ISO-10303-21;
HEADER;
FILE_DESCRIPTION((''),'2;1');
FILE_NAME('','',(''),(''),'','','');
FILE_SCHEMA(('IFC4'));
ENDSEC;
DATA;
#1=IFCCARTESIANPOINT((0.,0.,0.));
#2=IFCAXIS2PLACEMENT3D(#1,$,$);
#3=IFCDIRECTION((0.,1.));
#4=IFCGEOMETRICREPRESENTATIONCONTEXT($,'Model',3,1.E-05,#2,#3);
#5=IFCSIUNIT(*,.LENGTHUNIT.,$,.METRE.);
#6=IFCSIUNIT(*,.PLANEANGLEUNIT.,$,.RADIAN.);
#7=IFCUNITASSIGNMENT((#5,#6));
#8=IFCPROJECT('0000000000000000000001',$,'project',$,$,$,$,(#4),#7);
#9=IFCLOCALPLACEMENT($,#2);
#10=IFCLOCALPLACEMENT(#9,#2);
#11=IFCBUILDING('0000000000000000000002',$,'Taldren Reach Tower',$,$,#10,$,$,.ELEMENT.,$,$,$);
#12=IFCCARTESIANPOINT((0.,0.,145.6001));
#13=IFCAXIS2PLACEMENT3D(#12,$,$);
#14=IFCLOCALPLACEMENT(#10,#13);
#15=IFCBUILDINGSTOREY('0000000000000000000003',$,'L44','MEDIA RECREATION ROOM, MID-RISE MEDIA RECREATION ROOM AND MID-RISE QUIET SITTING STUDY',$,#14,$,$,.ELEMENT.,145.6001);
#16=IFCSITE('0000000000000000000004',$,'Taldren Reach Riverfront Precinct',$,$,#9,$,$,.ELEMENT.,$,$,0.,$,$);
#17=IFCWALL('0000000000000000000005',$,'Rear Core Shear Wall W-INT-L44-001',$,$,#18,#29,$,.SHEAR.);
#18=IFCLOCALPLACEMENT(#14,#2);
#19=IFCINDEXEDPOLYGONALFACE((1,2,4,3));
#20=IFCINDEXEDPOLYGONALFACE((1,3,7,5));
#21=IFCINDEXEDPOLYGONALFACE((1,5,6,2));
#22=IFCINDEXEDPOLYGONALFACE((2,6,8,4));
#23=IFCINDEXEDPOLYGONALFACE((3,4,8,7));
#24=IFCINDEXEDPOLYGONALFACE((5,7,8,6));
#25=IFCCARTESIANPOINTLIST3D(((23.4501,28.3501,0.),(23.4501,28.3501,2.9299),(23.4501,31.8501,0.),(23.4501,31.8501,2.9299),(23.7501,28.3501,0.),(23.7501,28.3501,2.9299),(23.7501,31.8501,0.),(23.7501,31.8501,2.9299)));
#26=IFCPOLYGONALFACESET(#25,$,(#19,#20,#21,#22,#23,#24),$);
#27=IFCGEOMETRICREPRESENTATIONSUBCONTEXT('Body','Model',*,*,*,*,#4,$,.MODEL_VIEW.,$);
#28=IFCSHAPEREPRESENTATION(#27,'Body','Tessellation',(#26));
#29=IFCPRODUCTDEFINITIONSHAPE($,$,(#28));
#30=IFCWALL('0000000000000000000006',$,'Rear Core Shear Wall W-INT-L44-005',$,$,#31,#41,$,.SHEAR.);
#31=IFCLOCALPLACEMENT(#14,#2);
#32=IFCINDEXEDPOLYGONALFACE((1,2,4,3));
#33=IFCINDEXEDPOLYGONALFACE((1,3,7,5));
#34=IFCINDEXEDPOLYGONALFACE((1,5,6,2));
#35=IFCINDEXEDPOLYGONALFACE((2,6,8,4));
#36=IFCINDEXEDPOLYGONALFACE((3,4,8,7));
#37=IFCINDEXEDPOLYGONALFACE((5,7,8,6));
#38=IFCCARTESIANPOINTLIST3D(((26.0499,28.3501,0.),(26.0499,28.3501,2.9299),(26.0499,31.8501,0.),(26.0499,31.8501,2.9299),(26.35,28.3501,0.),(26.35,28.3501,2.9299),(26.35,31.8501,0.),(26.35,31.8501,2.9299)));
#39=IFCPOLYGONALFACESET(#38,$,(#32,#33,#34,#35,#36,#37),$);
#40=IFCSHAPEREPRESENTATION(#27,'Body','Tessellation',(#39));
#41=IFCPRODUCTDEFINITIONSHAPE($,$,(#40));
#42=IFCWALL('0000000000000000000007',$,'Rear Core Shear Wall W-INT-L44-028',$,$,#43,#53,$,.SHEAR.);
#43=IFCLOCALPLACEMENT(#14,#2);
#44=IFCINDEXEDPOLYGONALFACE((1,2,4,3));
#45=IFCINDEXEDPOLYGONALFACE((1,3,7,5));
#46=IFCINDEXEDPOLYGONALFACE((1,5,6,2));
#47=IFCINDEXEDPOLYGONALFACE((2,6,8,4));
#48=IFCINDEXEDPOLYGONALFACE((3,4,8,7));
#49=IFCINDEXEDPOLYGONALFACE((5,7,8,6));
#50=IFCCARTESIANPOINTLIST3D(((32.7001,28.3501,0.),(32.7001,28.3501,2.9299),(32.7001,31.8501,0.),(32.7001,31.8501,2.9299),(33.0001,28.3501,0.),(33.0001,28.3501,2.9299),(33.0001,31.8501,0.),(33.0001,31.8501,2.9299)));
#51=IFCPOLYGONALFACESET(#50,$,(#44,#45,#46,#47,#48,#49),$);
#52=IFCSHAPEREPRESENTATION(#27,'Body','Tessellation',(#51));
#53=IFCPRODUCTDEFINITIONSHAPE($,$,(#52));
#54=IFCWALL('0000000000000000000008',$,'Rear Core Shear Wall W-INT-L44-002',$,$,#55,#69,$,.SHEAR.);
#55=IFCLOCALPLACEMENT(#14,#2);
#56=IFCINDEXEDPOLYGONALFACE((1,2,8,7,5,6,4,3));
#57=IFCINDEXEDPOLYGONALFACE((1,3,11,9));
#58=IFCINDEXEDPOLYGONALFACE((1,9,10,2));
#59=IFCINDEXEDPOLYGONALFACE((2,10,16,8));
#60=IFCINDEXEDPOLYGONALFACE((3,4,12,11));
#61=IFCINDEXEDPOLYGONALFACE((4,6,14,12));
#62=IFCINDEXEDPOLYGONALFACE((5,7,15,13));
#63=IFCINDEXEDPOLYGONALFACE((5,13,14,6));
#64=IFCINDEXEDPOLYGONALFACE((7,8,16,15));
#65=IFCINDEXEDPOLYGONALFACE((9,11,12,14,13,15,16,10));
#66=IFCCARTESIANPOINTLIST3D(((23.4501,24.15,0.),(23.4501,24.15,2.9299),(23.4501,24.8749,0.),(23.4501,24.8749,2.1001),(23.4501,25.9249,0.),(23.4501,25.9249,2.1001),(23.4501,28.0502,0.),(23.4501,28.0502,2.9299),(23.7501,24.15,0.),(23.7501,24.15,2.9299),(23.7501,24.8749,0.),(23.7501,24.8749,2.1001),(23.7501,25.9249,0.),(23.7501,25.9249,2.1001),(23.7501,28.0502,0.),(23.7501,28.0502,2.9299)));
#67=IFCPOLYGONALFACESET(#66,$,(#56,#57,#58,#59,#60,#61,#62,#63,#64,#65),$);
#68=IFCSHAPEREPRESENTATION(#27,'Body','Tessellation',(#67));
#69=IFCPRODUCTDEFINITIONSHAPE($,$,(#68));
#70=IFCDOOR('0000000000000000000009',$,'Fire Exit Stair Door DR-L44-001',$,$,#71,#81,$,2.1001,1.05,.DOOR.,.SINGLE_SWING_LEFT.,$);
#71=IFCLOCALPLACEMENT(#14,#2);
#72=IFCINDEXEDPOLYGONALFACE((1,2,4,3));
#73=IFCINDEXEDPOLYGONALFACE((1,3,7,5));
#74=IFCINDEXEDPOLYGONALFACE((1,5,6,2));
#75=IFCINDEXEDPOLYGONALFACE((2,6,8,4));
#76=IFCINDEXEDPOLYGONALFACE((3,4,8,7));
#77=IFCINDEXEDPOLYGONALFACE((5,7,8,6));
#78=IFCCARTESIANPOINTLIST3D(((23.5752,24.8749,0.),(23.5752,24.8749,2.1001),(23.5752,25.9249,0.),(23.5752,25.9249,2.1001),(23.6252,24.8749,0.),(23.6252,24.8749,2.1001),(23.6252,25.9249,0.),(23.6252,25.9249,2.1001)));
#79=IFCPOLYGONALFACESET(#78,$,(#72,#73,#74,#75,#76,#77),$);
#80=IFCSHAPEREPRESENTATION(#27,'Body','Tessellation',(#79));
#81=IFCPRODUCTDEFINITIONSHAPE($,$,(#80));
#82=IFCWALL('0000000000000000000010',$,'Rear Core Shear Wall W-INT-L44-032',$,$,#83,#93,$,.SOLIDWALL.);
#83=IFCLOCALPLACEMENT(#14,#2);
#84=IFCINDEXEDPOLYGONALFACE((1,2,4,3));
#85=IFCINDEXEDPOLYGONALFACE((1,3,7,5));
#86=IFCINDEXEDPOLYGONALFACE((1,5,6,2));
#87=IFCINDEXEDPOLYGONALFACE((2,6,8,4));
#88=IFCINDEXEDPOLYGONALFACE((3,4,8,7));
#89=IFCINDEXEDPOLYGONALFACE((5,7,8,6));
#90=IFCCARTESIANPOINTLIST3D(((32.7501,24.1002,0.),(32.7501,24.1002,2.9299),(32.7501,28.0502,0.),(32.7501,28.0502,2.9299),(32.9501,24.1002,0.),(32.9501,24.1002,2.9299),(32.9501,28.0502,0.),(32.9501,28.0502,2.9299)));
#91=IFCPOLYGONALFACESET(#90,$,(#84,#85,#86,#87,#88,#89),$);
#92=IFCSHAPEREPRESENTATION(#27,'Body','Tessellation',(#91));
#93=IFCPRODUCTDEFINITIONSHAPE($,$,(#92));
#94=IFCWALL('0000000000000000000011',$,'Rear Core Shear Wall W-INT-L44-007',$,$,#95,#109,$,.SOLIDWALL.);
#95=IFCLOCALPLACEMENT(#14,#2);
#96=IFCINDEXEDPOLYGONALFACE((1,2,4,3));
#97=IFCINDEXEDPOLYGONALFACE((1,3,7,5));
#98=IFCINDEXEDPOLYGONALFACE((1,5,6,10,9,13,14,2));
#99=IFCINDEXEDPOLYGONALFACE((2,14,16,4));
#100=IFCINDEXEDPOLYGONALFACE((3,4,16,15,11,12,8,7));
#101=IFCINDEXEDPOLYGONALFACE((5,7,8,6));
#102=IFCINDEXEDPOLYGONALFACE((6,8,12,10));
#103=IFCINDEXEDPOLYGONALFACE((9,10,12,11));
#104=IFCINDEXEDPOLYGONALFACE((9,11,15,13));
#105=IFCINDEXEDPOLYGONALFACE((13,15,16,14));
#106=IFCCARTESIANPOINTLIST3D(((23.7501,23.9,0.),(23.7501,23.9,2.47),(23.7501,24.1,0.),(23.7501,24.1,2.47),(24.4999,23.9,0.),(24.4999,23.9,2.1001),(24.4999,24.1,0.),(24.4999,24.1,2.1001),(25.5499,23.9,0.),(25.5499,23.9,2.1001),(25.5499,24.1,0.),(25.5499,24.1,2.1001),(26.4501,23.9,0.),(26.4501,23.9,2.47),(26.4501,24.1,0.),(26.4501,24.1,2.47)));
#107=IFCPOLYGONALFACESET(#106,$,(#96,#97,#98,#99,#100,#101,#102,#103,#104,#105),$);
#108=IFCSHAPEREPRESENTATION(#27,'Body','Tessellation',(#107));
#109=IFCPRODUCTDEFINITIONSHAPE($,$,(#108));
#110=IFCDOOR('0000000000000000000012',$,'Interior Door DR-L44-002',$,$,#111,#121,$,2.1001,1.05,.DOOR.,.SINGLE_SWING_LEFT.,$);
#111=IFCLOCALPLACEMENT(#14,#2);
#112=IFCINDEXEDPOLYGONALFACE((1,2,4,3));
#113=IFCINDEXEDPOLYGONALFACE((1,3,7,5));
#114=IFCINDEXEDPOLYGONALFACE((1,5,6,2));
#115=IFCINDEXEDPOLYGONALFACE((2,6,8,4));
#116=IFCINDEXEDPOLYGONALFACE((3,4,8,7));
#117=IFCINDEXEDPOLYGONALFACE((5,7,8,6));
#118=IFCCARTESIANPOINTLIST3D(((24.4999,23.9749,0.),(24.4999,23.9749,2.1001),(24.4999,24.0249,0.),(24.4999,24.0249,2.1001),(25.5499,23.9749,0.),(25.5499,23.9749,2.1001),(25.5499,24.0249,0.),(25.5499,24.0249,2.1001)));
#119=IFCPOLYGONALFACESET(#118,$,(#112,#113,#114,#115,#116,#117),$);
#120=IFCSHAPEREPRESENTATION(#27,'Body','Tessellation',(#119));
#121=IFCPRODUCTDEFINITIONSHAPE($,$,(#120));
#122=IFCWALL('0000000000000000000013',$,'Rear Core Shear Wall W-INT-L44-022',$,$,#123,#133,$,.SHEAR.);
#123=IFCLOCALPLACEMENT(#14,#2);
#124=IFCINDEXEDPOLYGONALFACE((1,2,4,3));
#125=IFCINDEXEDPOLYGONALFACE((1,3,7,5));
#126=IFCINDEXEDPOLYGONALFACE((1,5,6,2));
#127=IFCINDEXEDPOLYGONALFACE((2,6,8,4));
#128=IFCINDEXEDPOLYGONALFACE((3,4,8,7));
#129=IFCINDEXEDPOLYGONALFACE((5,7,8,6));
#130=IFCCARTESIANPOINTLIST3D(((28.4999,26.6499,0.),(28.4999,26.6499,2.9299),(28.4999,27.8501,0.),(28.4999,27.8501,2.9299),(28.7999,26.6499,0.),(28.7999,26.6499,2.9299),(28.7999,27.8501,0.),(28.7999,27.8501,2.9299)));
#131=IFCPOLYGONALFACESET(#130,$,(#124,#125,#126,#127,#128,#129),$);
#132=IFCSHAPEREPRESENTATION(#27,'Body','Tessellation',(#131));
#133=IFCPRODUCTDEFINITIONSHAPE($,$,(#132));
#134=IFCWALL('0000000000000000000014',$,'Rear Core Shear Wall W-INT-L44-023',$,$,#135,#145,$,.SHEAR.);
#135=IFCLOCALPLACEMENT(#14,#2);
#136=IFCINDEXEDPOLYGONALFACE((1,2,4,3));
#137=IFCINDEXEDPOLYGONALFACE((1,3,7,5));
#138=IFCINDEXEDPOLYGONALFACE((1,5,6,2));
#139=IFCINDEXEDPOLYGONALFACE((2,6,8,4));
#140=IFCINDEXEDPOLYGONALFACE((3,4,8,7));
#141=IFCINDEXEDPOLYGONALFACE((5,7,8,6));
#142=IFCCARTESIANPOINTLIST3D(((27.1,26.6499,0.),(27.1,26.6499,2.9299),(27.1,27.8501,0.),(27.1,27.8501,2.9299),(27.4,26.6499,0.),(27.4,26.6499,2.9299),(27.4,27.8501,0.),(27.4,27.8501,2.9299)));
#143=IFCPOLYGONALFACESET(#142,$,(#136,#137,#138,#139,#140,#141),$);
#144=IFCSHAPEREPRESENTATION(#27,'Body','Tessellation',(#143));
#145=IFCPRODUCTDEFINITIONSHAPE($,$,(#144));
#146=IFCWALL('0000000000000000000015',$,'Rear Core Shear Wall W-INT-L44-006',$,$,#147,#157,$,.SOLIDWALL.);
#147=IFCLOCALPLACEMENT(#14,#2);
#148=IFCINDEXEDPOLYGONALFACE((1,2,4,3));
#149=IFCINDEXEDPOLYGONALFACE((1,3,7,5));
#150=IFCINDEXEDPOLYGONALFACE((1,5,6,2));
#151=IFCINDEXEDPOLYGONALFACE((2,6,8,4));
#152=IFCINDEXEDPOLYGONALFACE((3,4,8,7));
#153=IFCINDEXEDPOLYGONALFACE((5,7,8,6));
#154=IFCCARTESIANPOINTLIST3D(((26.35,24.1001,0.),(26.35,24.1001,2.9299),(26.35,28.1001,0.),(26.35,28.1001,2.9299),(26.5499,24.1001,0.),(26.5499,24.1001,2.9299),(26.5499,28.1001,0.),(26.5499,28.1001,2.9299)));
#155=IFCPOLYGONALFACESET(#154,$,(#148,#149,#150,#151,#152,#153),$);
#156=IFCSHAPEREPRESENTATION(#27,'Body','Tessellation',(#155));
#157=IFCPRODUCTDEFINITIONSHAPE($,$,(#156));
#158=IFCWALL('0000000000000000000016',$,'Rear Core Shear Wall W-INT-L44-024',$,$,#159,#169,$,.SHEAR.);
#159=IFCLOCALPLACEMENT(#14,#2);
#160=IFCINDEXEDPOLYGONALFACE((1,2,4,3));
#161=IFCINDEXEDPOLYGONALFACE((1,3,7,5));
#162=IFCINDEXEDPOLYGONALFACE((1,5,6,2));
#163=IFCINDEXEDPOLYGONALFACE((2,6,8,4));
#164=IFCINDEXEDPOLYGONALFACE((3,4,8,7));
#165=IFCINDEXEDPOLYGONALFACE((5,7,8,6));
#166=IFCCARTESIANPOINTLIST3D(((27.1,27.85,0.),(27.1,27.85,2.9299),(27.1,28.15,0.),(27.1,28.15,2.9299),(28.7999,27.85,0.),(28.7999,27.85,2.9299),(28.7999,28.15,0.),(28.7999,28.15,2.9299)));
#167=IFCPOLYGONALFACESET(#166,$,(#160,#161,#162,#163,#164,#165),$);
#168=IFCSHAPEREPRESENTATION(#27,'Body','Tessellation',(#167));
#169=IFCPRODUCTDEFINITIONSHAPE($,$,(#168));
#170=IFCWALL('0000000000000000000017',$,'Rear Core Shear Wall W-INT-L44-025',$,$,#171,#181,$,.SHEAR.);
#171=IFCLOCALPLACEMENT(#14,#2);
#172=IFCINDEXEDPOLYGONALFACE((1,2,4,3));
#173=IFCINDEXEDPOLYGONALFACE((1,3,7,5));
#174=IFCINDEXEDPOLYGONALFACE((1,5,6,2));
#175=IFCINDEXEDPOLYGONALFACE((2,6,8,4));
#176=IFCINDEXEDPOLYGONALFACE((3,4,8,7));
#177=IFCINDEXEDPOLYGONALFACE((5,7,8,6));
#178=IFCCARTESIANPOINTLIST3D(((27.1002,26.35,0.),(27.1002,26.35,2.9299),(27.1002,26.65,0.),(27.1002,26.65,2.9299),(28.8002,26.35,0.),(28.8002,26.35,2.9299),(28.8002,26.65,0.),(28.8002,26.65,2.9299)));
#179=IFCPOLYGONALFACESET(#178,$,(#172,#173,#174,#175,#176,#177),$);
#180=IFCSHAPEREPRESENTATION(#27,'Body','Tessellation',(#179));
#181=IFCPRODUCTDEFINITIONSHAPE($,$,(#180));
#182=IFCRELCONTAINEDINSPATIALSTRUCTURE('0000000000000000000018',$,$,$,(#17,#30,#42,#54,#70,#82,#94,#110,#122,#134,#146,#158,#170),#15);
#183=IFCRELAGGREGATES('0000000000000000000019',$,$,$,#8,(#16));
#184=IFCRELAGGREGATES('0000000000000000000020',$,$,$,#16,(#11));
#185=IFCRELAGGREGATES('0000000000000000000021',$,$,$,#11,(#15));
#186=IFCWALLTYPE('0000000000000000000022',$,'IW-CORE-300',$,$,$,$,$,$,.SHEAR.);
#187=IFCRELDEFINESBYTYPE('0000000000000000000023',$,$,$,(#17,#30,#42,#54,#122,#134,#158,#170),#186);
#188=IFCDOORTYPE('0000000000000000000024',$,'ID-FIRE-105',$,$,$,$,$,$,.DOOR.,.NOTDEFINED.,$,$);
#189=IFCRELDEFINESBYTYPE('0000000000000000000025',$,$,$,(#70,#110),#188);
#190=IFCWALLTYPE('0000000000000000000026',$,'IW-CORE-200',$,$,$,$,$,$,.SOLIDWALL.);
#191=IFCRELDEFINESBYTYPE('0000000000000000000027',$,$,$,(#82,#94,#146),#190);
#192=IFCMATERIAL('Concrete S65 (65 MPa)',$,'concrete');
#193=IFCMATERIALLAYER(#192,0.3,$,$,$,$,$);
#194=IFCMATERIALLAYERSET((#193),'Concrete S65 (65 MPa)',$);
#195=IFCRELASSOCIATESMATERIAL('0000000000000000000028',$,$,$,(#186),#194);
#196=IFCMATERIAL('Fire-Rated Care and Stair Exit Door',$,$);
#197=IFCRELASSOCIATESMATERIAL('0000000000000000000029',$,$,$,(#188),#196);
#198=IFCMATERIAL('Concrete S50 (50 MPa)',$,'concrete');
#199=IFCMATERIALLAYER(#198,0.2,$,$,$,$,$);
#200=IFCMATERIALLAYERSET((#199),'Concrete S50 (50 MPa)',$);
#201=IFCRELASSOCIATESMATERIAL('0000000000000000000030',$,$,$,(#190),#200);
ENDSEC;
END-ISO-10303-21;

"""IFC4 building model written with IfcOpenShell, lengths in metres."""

from ifc_helpers import new_model, si_unit, direction, frame, frame_2d, origin, place, context, subcontext, project, spatial, rectangle, extrude, source, transform, mapped, material, layer, layer_set, type_object, element, fill, save


model = new_model("IFC4")

# Units and contexts
model_context = context("Model", 3, precision=1e-05, world=origin(), true_north=direction((0.0, 1.0)))
body_context = subcontext(model_context, "Body", "Model", "MODEL_VIEW")
ifc_project = project(units=[si_unit("LENGTHUNIT", "METRE"), si_unit("PLANEANGLEUNIT", "RADIAN")], contexts=[model_context])

# Site, building, storey
site_placement = place(None, origin())
site = spatial("IfcSite", under=ifc_project, at=site_placement, Name="Taldren Reach Riverfront Precinct", CompositionType="ELEMENT", RefElevation=0.0)
building_placement = place(site_placement, origin())
building = spatial("IfcBuilding", under=site, at=building_placement, Name="Taldren Reach Tower", CompositionType="ELEMENT")
storey_placement = place(building_placement, frame((0.0, 0.0, 145.6001)))
storey = spatial("IfcBuildingStorey", under=building, at=storey_placement, Name="L44", Description="MEDIA RECREATION ROOM, MID-RISE MEDIA RECREATION ROOM AND MID-RISE QUIET SITTING STUDY", CompositionType="ELEMENT", Elevation=145.6001)

# Walls
ifc_material_1 = material(Name="Concrete S65 (65 MPa)", Category="concrete")
ifc_layer_1 = layer(ifc_material_1, 0.3)
ifc_layer_set_1 = layer_set([ifc_layer_1], Name="Concrete S65 (65 MPa)")
wall_type_1 = type_object("IfcWallType", Name="IW-CORE-300", PredefinedType="SHEAR", material=ifc_layer_set_1)
shared_shape_1 = source(origin(), body_context, "Body", "SweptSolid", [
    extrude(rectangle(XDim=3.5, YDim=0.3, at=frame_2d((1.75, 0.0))), origin(), (0.0, 0.0, 1.0), 2.9299),
])
for number, where, z_axis, x_axis, name in (
    (1, (23.6001, 28.3501, 0.0), (0.0, 0.0, 1.0), (0.0, 1.0, 0.0), "Rear Core Shear Wall W-INT-L44-001"),
    (2, (26.2, 28.3501, 0.0), (0.0, 0.0, 1.0), (0.0, 1.0, 0.0), "Rear Core Shear Wall W-INT-L44-005"),
    (3, (32.8501, 31.8501, 0.0), (0.0, 0.0, 1.0), (0.0, -1.0, 0.0), "Rear Core Shear Wall W-INT-L44-028"),
):
    element("IfcWall", number, at=place(storey_placement, frame(where, z_axis=z_axis, x_axis=x_axis)), inside=storey, type_object=wall_type_1, Name=name, PredefinedType="SHEAR", context=body_context, shape_type="MappedRepresentation", body=[
        mapped(shared_shape_1, transform((0.0, 0.0, 0.0), scale=1.0)),
    ])

# Wall, opening, door
shared_shape_2 = source(origin(), body_context, "Body", "SweptSolid", [
    extrude(rectangle(XDim=3.9001, YDim=0.3, at=frame_2d((1.9502, 0.0))), origin(), (0.0, 0.0, 1.0), 2.9299),
])
wall_1_placement = place(storey_placement, frame((23.6001, 24.1499, 0.0), z_axis=(0.0, 0.0, 1.0), x_axis=(0.0, 1.0, 0.0)))
wall_1 = element("IfcWall", 4, at=wall_1_placement, inside=storey, type_object=wall_type_1, Name="Rear Core Shear Wall W-INT-L44-002", PredefinedType="SHEAR", context=body_context, shape_type="MappedRepresentation", body=[
    mapped(shared_shape_2, transform((0.0, 0.0, 0.0), scale=1.0)),
])
shared_shape_3 = source(origin(), body_context, "Body", "SweptSolid", [
    extrude(rectangle(XDim=1.05, YDim=2.1001, at=frame_2d((0.5249, 1.05))), frame((0.0, 0.1602, 0.0), z_axis=(0.0, -1.0, 0.0), x_axis=(1.0, 0.0, 0.0)), (0.0, 0.0, 1.0), 0.3201),
])
opening_1_placement = place(wall_1_placement, frame((0.7251, 0.0, 0.0)))
opening_1 = element("IfcOpeningElement", 5, at=opening_1_placement, cuts=wall_1, PredefinedType="OPENING", context=body_context, shape_type="MappedRepresentation", body=[
    mapped(shared_shape_3, transform((0.0, 0.0, 0.0), scale=1.0)),
])
ifc_material_2 = material(Name="Fire-Rated Care and Stair Exit Door")
door_type_1 = type_object("IfcDoorType", Name="ID-FIRE-105", OperationType="NOTDEFINED", PredefinedType="DOOR", material=ifc_material_2)
shared_shape_4 = source(origin(), body_context, "Body", "SweptSolid", [
    extrude(rectangle(XDim=1.05, YDim=2.1001, at=frame_2d((0.5249, 1.05))), frame((0.0, 0.0249, 0.0), z_axis=(0.0, -1.0, 0.0), x_axis=(1.0, 0.0, 0.0)), (0.0, 0.0, 1.0), 0.05),
])
door_1_placement = place(opening_1_placement, origin())
door_1 = element("IfcDoor", 6, at=door_1_placement, inside=storey, type_object=door_type_1, Name="Fire Exit Stair Door DR-L44-001", OperationType="SINGLE_SWING_LEFT", OverallHeight=2.1001, OverallWidth=1.05, PredefinedType="DOOR", context=body_context, shape_type="MappedRepresentation", body=[
    mapped(shared_shape_4, transform((0.0, 0.0, 0.0), scale=1.0)),
])
fill(opening_1, door_1)

# Wall
ifc_material_3 = material(Name="Concrete S50 (50 MPa)", Category="concrete")
ifc_layer_2 = layer(ifc_material_3, 0.2)
ifc_layer_set_2 = layer_set([ifc_layer_2], Name="Concrete S50 (50 MPa)")
wall_type_2 = type_object("IfcWallType", Name="IW-CORE-200", PredefinedType="SOLIDWALL", material=ifc_layer_set_2)
shared_shape_5 = source(origin(), body_context, "Body", "SweptSolid", [
    extrude(rectangle(XDim=3.95, YDim=0.2, at=frame_2d((1.9751, 0.0))), origin(), (0.0, 0.0, 1.0), 2.9299),
])
wall_2_placement = place(storey_placement, frame((32.8501, 24.1001, 0.0), z_axis=(0.0, 0.0, 1.0), x_axis=(0.0, 1.0, 0.0)))
element("IfcWall", 7, at=wall_2_placement, inside=storey, type_object=wall_type_2, Name="Rear Core Shear Wall W-INT-L44-032", PredefinedType="SOLIDWALL", context=body_context, shape_type="MappedRepresentation", body=[
    mapped(shared_shape_5, transform((0.0, 0.0, 0.0), scale=1.0)),
])

# Wall, opening, door
shared_shape_6 = source(origin(), body_context, "Body", "SweptSolid", [
    extrude(rectangle(XDim=2.7, YDim=0.2, at=frame_2d((1.3501, 0.0))), origin(), (0.0, 0.0, 1.0), 2.47),
])
wall_3_placement = place(storey_placement, frame((23.75, 24.0, 0.0), z_axis=(0.0, 0.0, 1.0), x_axis=(1.0, 0.0, 0.0)))
wall_3 = element("IfcWall", 8, at=wall_3_placement, inside=storey, type_object=wall_type_2, Name="Rear Core Shear Wall W-INT-L44-007", PredefinedType="SOLIDWALL", context=body_context, shape_type="MappedRepresentation", body=[
    mapped(shared_shape_6, transform((0.0, 0.0, 0.0), scale=1.0)),
])
shared_shape_7 = source(origin(), body_context, "Body", "SweptSolid", [
    extrude(rectangle(XDim=1.05, YDim=2.1001, at=frame_2d((0.5249, 1.05))), frame((0.0, 0.1099, 0.0), z_axis=(0.0, -1.0, 0.0), x_axis=(1.0, 0.0, 0.0)), (0.0, 0.0, 1.0), 0.22),
])
opening_2_placement = place(wall_3_placement, frame((0.75, 0.0, 0.0)))
opening_2 = element("IfcOpeningElement", 9, at=opening_2_placement, cuts=wall_3, PredefinedType="OPENING", context=body_context, shape_type="MappedRepresentation", body=[
    mapped(shared_shape_7, transform((0.0, 0.0, 0.0), scale=1.0)),
])
door_2_placement = place(opening_2_placement, origin())
door_2 = element("IfcDoor", 10, at=door_2_placement, inside=storey, type_object=door_type_1, Name="Interior Door DR-L44-002", OperationType="SINGLE_SWING_LEFT", OverallHeight=2.1001, OverallWidth=1.05, PredefinedType="DOOR", context=body_context, shape_type="MappedRepresentation", body=[
    mapped(shared_shape_4, transform((0.0, 0.0, 0.0), scale=1.0)),
])
fill(opening_2, door_2)

# Walls
shared_shape_8 = source(origin(), body_context, "Body", "SweptSolid", [
    extrude(rectangle(XDim=1.2002, YDim=0.3, at=frame_2d((0.6001, 0.0))), origin(), (0.0, 0.0, 1.0), 2.9299),
])
for number, where, z_axis, x_axis, name in (
    (11, (28.6499, 26.6499, 0.0), (0.0, 0.0, 1.0), (0.0, 1.0, 0.0), "Rear Core Shear Wall W-INT-L44-022"),
    (12, (27.25, 27.8501, 0.0), (0.0, 0.0, 1.0), (0.0, -1.0, 0.0), "Rear Core Shear Wall W-INT-L44-023"),
):
    element("IfcWall", number, at=place(storey_placement, frame(where, z_axis=z_axis, x_axis=x_axis)), inside=storey, type_object=wall_type_1, Name=name, PredefinedType="SHEAR", context=body_context, shape_type="MappedRepresentation", body=[
        mapped(shared_shape_8, transform((0.0, 0.0, 0.0), scale=1.0)),
    ])

# Walls
shared_shape_9 = source(origin(), body_context, "Body", "SweptSolid", [
    extrude(rectangle(XDim=4.0, YDim=0.2, at=frame_2d((2.0, 0.0))), origin(), (0.0, 0.0, 1.0), 2.9299),
])
wall_4_placement = place(storey_placement, frame((26.45, 24.1001, 0.0), z_axis=(0.0, 0.0, 1.0), x_axis=(0.0, 1.0, 0.0)))
element("IfcWall", 13, at=wall_4_placement, inside=storey, type_object=wall_type_2, Name="Rear Core Shear Wall W-INT-L44-006", PredefinedType="SOLIDWALL", context=body_context, shape_type="MappedRepresentation", body=[
    mapped(shared_shape_9, transform((0.0, 0.0, 0.0), scale=1.0)),
])
shared_shape_10 = source(origin(), body_context, "Body", "SweptSolid", [
    extrude(rectangle(XDim=1.7, YDim=0.3, at=frame_2d((0.8501, 0.0))), origin(), (0.0, 0.0, 1.0), 2.9299),
])
for number, where, z_axis, x_axis, name in (
    (14, (28.8, 28.0, 0.0), (0.0, 0.0, 1.0), (-1.0, 0.0, 0.0), "Rear Core Shear Wall W-INT-L44-024"),
    (15, (27.1001, 26.5, 0.0), (0.0, 0.0, 1.0), (1.0, 0.0, 0.0), "Rear Core Shear Wall W-INT-L44-025"),
):
    element("IfcWall", number, at=place(storey_placement, frame(where, z_axis=z_axis, x_axis=x_axis)), inside=storey, type_object=wall_type_1, Name=name, PredefinedType="SHEAR", context=body_context, shape_type="MappedRepresentation", body=[
        mapped(shared_shape_10, transform((0.0, 0.0, 0.0), scale=1.0)),
    ])

save(model, "model.ifc")
